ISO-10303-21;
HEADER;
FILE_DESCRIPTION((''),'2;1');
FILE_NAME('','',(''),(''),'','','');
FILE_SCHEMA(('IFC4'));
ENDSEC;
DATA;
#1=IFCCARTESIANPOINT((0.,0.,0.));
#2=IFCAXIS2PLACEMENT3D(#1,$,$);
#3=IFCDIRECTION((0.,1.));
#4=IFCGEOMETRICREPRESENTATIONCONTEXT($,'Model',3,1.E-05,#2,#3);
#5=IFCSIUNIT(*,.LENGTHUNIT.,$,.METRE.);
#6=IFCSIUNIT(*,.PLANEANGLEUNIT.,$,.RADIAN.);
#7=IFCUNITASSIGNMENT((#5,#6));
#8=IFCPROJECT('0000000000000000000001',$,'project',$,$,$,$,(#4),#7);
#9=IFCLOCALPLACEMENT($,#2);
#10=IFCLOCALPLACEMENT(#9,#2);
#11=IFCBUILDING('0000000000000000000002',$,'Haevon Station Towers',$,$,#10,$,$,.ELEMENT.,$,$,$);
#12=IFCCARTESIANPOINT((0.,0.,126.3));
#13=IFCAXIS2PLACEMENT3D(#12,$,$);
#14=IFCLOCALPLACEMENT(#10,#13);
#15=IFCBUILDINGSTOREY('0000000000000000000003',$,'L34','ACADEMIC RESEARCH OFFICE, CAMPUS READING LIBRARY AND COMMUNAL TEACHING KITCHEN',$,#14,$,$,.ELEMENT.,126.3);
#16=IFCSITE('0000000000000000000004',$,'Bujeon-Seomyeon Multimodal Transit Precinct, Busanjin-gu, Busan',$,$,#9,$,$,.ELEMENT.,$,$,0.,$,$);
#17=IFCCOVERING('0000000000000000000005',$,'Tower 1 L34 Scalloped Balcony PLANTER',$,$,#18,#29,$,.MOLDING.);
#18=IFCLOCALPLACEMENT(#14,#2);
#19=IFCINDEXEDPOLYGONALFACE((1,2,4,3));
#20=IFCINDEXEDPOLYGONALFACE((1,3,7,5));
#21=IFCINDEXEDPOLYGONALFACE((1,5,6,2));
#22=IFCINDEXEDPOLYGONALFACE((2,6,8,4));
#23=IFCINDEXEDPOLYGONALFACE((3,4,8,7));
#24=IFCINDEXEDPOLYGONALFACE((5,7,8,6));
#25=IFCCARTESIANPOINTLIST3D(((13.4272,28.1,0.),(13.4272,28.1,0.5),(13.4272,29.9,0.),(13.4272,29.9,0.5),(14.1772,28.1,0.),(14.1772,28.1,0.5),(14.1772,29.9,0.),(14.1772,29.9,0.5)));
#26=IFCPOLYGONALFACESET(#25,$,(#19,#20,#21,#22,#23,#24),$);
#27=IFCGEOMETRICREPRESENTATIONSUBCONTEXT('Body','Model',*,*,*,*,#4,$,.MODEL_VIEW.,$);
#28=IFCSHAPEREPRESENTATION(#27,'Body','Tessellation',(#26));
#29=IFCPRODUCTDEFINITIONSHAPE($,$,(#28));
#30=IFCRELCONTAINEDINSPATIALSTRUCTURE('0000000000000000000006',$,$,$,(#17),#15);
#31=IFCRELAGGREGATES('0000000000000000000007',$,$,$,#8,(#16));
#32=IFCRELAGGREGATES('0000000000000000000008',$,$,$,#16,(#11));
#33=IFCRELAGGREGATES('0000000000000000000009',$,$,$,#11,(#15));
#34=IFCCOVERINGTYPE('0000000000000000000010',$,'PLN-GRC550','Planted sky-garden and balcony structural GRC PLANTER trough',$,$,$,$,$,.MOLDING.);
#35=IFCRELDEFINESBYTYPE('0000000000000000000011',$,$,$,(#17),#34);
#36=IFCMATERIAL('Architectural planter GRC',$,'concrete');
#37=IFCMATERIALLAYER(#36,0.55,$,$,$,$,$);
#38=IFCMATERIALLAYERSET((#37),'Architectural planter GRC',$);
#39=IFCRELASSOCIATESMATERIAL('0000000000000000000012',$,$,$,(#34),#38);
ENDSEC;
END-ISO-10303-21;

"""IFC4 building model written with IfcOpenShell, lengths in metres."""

from ifc_helpers import new_model, si_unit, direction, frame, origin, origin_2d, place, context, subcontext, project, spatial, rectangle, extrude, material, layer, layer_set, type_object, element, save


model = new_model("IFC4")

# Units and contexts
model_context = context("Model", 3, precision=1e-05, world=origin(), true_north=direction((0.0, 1.0)))
body_context = subcontext(model_context, "Body", "Model", "MODEL_VIEW")
ifc_project = project(units=[si_unit("LENGTHUNIT", "METRE"), si_unit("PLANEANGLEUNIT", "RADIAN")], contexts=[model_context])

# Site, building, storey
site_placement = place(None, origin())
site = spatial("IfcSite", under=ifc_project, at=site_placement, Name="Bujeon-Seomyeon Multimodal Transit Precinct, Busanjin-gu, Busan", CompositionType="ELEMENT", RefElevation=0.0)
building_placement = place(site_placement, origin())
building = spatial("IfcBuilding", under=site, at=building_placement, Name="Haevon Station Towers", CompositionType="ELEMENT")
storey_placement = place(building_placement, frame((0.0, 0.0, 126.3)))
storey = spatial("IfcBuildingStorey", under=building, at=storey_placement, Name="L34", Description="ACADEMIC RESEARCH OFFICE, CAMPUS READING LIBRARY AND COMMUNAL TEACHING KITCHEN", CompositionType="ELEMENT", Elevation=126.3)

# Covering
ifc_material_1 = material(Name="Architectural planter GRC", Category="concrete")
ifc_layer_1 = layer(ifc_material_1, 0.55)
ifc_layer_set_1 = layer_set([ifc_layer_1], Name="Architectural planter GRC")
covering_type = type_object("IfcCoveringType", Name="PLN-GRC550", Description="Planted sky-garden and balcony structural GRC PLANTER trough", PredefinedType="MOLDING", material=ifc_layer_set_1)
covering_placement = place(storey_placement, frame((13.8022, 29.0, 0.0), z_axis=(0.0, 0.0, 1.0), x_axis=(1.0, 0.0, 0.0)))
element("IfcCovering", 1, at=covering_placement, inside=storey, type_object=covering_type, Name="Tower 1 L34 Scalloped Balcony PLANTER", PredefinedType="MOLDING", context=body_context, shape_type="SweptSolid", body=[
    extrude(rectangle(XDim=0.75, YDim=1.8, at=origin_2d()), origin(), (0.0, 0.0, 1.0), 0.5),
])

save(model, "model.ifc")
